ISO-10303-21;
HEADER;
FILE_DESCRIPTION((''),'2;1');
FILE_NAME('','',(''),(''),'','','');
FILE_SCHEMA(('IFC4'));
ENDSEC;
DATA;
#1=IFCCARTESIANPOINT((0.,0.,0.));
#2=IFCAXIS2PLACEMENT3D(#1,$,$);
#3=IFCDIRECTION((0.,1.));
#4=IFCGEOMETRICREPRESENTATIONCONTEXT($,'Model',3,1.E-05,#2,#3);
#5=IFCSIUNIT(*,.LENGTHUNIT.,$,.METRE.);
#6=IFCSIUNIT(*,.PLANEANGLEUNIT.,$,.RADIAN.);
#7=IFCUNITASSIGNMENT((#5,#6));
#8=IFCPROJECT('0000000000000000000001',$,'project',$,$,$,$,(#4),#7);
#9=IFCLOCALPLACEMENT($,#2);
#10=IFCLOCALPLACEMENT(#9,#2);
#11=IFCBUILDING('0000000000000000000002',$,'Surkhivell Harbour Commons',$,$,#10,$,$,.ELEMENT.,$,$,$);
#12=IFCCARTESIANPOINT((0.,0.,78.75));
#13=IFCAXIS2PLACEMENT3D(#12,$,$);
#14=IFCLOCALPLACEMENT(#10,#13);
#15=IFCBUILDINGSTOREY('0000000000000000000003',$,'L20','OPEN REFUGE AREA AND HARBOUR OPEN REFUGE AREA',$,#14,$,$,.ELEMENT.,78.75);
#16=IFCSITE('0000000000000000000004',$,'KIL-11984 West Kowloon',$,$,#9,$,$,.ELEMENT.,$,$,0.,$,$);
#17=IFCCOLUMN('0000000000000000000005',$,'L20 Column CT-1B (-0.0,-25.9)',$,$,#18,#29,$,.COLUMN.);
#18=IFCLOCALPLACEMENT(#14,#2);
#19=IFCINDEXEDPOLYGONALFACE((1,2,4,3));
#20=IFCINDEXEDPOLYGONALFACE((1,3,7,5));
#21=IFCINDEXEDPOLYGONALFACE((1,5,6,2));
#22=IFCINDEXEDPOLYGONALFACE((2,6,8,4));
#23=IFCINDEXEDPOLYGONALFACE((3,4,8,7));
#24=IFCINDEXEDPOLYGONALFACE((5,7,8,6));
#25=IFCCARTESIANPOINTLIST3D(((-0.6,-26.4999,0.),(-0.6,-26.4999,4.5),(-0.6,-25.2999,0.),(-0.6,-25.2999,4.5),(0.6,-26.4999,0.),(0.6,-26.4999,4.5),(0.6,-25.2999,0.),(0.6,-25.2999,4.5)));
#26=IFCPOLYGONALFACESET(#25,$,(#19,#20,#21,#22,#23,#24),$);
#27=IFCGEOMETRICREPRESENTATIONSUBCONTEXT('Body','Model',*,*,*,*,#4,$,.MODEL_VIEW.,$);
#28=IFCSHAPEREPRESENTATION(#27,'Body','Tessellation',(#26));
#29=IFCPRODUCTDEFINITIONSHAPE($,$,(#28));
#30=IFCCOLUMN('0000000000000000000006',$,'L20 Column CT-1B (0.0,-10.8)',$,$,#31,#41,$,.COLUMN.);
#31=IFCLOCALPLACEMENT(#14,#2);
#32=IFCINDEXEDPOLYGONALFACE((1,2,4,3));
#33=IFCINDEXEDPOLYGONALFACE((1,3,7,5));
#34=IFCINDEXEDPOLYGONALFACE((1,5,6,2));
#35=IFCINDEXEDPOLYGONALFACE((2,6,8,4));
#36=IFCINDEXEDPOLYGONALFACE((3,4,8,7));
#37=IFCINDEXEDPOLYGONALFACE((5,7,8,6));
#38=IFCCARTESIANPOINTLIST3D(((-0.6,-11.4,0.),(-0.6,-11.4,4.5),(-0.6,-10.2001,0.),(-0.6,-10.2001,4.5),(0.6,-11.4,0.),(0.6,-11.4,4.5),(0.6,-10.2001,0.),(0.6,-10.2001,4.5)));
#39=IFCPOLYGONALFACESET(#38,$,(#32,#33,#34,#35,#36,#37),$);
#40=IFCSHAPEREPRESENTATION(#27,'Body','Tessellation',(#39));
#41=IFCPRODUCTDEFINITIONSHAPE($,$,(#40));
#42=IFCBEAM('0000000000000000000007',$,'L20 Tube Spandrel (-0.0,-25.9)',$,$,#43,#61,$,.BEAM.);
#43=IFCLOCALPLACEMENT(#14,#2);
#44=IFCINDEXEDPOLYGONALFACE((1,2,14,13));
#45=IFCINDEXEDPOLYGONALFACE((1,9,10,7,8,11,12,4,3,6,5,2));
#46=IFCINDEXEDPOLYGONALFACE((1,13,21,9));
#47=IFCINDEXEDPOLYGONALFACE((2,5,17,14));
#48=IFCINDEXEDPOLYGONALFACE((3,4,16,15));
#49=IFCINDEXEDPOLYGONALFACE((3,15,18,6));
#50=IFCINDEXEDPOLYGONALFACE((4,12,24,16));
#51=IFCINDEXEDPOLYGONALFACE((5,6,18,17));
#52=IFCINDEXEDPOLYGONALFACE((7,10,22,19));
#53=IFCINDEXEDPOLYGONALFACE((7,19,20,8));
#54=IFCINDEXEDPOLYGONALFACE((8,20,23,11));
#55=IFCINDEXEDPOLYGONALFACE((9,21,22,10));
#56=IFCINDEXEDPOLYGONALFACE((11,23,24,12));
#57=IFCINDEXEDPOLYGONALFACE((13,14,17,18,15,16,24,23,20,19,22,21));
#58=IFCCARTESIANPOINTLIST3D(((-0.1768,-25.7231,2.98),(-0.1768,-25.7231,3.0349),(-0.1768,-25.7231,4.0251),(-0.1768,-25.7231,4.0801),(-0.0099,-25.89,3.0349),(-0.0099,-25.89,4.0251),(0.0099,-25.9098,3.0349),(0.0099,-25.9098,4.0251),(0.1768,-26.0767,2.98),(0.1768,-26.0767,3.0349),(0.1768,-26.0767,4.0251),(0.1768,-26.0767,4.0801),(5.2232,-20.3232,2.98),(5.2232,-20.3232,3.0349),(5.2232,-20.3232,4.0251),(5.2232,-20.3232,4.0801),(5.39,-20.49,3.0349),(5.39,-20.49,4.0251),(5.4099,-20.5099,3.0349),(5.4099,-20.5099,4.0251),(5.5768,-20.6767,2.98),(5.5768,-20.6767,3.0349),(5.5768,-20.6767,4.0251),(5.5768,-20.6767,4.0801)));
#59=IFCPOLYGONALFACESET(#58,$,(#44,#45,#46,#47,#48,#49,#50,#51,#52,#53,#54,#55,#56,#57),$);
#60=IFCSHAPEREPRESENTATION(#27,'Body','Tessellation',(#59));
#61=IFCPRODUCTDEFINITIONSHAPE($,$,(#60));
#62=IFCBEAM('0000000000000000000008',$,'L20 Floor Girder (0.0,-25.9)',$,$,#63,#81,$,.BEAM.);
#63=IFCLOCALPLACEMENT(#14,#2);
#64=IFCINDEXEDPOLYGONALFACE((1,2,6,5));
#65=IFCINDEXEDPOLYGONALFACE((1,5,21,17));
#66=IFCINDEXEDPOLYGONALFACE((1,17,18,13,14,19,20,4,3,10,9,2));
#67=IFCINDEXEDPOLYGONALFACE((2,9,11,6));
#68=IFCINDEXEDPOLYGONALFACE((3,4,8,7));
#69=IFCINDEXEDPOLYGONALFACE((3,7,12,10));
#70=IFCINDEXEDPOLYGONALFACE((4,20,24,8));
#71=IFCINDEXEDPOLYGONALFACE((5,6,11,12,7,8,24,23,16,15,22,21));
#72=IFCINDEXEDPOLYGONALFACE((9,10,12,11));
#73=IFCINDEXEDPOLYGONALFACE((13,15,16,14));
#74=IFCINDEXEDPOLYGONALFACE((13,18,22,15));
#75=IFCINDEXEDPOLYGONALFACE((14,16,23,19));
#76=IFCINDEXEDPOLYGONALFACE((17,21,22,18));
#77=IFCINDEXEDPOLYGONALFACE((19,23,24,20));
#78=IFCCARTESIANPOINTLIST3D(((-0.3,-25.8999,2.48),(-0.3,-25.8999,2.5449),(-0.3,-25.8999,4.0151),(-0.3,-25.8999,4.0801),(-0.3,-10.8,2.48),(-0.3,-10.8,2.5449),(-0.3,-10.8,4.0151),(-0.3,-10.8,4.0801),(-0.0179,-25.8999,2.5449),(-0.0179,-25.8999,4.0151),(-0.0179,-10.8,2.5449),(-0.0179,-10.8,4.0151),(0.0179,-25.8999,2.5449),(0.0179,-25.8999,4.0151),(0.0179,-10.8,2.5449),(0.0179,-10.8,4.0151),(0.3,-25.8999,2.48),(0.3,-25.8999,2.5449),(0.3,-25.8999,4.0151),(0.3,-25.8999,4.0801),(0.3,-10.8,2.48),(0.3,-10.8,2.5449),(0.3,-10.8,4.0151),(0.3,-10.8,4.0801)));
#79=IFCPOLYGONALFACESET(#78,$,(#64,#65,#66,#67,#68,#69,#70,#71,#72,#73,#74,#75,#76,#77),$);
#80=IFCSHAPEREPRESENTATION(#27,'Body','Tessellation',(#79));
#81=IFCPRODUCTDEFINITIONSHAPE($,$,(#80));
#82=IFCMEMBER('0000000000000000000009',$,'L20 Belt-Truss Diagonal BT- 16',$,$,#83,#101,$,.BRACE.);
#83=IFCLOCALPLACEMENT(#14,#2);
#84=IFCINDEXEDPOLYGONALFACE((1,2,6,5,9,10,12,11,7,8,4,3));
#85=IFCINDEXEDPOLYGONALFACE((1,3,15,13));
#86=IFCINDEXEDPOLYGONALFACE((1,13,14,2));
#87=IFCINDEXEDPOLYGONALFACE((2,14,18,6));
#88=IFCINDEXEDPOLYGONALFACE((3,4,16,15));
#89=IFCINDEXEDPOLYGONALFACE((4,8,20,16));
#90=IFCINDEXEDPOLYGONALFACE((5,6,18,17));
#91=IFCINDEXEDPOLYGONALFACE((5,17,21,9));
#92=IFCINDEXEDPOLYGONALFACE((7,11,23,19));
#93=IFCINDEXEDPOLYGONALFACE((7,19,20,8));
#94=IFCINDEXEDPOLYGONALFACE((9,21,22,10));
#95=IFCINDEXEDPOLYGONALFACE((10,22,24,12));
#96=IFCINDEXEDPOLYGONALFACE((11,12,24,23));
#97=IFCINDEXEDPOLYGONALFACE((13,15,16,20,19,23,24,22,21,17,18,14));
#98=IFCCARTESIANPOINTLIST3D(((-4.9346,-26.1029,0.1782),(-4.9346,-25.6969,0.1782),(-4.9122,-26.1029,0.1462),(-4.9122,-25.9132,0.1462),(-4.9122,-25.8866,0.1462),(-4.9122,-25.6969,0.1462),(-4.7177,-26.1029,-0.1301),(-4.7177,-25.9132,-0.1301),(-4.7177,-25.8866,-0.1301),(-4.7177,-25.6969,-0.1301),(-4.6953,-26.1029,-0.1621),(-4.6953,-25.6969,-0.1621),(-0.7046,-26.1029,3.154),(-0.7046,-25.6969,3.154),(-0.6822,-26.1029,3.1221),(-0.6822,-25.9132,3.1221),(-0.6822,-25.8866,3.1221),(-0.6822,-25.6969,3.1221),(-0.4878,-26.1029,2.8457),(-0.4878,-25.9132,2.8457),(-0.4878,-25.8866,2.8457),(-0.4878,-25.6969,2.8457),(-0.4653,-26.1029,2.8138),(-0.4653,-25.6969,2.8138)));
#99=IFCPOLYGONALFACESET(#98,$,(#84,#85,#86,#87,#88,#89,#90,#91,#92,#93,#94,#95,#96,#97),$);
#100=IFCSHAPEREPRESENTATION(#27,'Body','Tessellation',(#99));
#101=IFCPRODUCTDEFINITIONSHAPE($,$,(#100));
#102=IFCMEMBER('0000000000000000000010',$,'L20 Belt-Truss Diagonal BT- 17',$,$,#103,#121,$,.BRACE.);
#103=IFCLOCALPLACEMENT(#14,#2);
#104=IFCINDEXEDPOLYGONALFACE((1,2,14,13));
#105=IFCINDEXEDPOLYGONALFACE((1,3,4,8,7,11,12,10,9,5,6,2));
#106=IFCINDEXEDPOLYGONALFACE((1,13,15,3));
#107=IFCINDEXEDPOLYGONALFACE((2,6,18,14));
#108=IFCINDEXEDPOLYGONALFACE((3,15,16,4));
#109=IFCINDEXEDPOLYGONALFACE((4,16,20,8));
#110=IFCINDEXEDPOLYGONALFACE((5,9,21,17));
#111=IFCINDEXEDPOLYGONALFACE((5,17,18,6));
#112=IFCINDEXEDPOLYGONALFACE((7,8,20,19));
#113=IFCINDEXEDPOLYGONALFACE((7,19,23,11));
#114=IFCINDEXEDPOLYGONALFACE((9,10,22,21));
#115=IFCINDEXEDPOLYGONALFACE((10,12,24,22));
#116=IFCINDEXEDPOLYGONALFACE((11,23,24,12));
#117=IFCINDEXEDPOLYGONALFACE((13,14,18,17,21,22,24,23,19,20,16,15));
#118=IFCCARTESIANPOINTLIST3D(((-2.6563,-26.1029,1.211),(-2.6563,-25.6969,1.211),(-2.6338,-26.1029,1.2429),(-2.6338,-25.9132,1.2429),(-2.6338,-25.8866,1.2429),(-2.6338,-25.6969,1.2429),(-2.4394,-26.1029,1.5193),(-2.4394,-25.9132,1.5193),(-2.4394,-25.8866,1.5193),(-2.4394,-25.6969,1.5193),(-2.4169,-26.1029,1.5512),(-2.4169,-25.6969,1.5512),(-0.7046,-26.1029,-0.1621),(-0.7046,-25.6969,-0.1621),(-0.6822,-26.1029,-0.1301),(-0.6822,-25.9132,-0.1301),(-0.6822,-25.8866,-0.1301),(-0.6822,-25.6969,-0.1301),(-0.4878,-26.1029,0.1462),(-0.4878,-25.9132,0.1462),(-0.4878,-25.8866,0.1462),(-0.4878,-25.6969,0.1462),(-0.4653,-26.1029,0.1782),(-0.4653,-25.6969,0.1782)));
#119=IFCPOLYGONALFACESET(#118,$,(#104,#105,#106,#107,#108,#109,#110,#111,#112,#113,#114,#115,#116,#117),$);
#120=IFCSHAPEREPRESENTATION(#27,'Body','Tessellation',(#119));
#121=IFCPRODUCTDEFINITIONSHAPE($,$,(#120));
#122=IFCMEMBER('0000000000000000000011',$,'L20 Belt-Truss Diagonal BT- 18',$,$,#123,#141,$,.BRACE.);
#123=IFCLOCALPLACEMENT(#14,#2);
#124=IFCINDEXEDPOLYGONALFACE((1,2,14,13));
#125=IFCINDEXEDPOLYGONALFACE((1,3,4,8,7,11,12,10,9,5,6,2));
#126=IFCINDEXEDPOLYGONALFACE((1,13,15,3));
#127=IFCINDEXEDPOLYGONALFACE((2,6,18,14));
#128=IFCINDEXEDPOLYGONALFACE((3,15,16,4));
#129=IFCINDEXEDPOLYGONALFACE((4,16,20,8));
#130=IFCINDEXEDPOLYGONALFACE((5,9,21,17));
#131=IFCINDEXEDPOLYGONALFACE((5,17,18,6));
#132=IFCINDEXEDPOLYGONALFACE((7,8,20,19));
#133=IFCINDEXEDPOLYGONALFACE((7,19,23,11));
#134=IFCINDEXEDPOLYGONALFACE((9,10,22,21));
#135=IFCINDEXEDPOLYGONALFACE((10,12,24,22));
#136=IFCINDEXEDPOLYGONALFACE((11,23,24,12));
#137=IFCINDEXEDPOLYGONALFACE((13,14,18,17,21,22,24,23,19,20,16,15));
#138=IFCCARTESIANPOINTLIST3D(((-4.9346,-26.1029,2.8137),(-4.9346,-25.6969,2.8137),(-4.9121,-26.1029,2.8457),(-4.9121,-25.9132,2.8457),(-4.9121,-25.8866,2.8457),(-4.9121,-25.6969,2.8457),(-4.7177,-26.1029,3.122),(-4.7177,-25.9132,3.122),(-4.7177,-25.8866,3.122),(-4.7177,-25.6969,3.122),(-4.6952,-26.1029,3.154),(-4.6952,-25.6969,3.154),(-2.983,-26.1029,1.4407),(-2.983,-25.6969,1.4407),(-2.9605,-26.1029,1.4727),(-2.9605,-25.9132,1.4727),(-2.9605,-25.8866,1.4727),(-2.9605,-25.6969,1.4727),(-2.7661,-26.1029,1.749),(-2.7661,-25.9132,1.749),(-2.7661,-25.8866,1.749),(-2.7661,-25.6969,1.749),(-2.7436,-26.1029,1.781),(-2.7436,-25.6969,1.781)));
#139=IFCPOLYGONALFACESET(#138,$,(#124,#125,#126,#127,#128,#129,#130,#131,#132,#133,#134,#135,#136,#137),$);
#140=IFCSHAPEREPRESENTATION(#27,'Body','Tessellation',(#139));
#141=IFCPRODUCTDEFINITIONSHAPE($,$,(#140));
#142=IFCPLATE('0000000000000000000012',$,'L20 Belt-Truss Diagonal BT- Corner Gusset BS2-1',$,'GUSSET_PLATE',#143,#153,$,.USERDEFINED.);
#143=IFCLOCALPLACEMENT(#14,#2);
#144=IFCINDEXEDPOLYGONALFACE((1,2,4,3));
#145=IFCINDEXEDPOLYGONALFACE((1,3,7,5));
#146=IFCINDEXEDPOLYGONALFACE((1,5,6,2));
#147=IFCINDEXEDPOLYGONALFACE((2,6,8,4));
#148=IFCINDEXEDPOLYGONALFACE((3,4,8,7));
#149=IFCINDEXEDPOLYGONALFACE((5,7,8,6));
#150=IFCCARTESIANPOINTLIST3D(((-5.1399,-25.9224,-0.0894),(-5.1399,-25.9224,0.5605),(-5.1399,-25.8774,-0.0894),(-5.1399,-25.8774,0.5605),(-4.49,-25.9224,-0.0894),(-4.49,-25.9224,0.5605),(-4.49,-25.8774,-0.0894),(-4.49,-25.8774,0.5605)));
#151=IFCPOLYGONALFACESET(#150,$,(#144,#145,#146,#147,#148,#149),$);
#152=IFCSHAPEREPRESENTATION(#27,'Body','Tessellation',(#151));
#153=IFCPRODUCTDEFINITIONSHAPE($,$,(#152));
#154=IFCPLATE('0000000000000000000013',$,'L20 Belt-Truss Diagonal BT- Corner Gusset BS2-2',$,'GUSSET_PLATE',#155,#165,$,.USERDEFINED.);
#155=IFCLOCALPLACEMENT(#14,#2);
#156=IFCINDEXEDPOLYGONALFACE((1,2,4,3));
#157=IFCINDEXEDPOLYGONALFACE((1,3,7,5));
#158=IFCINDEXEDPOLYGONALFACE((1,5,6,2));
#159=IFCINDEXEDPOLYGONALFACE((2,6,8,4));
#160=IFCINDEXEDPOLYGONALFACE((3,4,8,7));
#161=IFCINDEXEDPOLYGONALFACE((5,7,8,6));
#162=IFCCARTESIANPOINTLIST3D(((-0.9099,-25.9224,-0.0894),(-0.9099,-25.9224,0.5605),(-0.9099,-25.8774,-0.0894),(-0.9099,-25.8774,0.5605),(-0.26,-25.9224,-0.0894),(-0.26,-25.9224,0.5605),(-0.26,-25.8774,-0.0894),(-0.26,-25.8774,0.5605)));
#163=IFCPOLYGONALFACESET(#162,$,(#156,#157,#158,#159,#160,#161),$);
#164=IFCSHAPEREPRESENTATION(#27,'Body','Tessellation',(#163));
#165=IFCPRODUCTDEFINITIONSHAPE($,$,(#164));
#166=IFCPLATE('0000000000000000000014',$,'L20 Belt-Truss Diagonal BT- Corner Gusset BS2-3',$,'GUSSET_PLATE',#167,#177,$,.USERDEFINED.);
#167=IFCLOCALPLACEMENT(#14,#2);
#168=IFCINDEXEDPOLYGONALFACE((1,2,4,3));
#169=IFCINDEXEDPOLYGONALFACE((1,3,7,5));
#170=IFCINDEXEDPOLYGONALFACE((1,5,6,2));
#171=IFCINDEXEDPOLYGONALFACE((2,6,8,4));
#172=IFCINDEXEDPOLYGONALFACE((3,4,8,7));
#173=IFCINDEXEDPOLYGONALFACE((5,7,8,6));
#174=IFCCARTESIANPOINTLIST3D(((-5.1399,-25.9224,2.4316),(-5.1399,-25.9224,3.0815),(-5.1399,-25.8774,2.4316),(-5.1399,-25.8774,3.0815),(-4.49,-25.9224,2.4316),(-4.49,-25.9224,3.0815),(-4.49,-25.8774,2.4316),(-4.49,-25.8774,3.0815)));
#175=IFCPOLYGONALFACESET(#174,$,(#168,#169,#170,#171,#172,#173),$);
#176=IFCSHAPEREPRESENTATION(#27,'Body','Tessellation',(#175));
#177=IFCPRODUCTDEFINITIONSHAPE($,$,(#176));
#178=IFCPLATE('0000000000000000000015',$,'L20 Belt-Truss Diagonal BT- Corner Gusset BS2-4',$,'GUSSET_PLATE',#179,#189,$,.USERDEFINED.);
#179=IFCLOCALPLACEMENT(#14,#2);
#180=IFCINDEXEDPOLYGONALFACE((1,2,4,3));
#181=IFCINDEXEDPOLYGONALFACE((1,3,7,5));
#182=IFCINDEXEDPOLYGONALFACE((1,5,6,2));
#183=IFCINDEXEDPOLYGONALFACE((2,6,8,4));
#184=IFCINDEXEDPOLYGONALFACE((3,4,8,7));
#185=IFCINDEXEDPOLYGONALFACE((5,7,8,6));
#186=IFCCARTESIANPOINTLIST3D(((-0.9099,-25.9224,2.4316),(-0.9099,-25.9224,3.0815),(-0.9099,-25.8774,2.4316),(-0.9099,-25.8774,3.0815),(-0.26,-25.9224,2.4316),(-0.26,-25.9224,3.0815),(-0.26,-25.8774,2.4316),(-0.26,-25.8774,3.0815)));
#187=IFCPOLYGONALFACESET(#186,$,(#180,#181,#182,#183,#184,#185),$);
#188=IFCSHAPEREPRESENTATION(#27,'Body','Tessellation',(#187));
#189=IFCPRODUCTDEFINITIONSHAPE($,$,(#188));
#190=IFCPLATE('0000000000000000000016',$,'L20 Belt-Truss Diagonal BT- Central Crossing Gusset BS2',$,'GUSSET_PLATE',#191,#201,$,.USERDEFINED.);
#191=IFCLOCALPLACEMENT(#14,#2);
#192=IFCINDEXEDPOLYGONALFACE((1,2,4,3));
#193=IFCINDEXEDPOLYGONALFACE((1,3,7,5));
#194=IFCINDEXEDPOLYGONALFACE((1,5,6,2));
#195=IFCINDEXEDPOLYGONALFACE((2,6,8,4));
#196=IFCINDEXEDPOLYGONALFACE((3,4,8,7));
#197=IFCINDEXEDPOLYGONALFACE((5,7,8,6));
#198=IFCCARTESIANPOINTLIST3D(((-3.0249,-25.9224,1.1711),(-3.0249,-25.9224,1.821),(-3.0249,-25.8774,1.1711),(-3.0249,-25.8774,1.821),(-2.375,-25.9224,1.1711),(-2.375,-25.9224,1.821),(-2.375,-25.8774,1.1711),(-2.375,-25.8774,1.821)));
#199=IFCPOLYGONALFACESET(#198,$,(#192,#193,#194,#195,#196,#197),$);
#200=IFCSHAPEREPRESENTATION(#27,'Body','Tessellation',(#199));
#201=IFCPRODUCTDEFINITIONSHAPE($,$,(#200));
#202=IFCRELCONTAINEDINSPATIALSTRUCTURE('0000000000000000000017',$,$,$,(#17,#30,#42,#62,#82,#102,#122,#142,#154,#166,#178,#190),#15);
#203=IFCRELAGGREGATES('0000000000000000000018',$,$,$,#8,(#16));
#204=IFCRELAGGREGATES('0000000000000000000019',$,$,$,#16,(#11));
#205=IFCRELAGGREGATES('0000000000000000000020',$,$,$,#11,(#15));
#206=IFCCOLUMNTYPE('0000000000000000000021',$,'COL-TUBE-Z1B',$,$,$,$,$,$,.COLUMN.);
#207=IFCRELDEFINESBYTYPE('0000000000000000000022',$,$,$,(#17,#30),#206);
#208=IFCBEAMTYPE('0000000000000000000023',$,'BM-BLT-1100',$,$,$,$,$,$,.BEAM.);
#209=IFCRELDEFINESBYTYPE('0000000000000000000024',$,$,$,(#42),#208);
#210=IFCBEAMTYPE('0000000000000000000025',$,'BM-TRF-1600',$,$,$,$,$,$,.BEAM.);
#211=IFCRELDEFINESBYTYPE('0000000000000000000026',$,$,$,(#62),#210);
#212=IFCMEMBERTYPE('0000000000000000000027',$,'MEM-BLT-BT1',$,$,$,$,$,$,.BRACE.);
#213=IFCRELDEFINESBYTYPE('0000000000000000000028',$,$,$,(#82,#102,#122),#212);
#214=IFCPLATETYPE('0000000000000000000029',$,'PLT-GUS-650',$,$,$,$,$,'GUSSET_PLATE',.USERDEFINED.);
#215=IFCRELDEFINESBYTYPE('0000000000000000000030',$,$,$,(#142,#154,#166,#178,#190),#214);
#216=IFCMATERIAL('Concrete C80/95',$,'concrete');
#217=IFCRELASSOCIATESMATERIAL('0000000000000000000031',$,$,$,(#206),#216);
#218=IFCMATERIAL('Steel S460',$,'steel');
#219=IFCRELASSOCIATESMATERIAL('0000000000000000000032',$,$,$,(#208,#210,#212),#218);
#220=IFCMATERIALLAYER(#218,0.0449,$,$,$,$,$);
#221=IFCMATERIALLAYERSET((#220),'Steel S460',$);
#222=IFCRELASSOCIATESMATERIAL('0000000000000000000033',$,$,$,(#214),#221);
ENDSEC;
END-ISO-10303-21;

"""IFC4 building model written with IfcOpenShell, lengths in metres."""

from ifc_helpers import new_model, si_unit, direction, frame, origin, origin_2d, place, context, subcontext, project, spatial, rectangle, i_section, extrude, material, layer, layer_set, material_profile, profile_set, type_object, element, save


model = new_model("IFC4")

# Units and contexts
model_context = context("Model", 3, precision=1e-05, world=origin(), true_north=direction((0.0, 1.0)))
body_context = subcontext(model_context, "Body", "Model", "MODEL_VIEW")
ifc_project = project(units=[si_unit("LENGTHUNIT", "METRE"), si_unit("PLANEANGLEUNIT", "RADIAN")], contexts=[model_context])

# Site, building, storey
site_placement = place(None, origin())
site = spatial("IfcSite", under=ifc_project, at=site_placement, Name="KIL-11984 West Kowloon", CompositionType="ELEMENT", RefElevation=0.0)
building_placement = place(site_placement, origin())
building = spatial("IfcBuilding", under=site, at=building_placement, Name="Surkhivell Harbour Commons", CompositionType="ELEMENT")
storey_placement = place(building_placement, frame((0.0, 0.0, 78.75)))
storey = spatial("IfcBuildingStorey", under=building, at=storey_placement, Name="L20", Description="OPEN REFUGE AREA AND HARBOUR OPEN REFUGE AREA", CompositionType="ELEMENT", Elevation=78.75)

# Columns
ifc_material_1 = material(Name="Concrete C80/95", Category="concrete")
ifc_material_profile_1 = material_profile(ifc_material_1, rectangle(XDim=1.2, YDim=1.2, at=origin_2d()), Name="RC-COL-1200x1200")
ifc_profile_set_1 = profile_set([ifc_material_profile_1], Name="Concrete C80/95")
column_type = type_object("IfcColumnType", Name="COL-TUBE-Z1B", PredefinedType="COLUMN", material=ifc_profile_set_1)
for number, where, z_axis, x_axis, name in (
    (1, (0.0, -25.8999, 0.0), (0.0, 0.0, 1.0), (1.0, 0.0, 0.0), "L20 Column CT-1B (-0.0,-25.9)"),
    (2, (0.0, -10.8, 0.0), (0.0, 0.0, 1.0), (1.0, 0.0, 0.0), "L20 Column CT-1B (0.0,-10.8)"),
):
    element("IfcColumn", number, at=place(storey_placement, frame(where, z_axis=z_axis, x_axis=x_axis)), inside=storey, type_object=column_type, Name=name, PredefinedType="COLUMN", context=body_context, shape_type="SweptSolid", body=[
        extrude(rectangle(XDim=1.2, YDim=1.2, at=origin_2d()), origin(), (0.0, 0.0, 1.0), 4.5),
    ])

# Beams
ifc_material_2 = material(Name="Steel S460", Category="steel")
ifc_material_profile_2 = material_profile(ifc_material_2, i_section(OverallWidth=0.5, OverallDepth=1.1001, WebThickness=0.0281, FlangeThickness=0.0549, at=origin_2d()), Name="WPG1100x500x210")
ifc_profile_set_2 = profile_set([ifc_material_profile_2], Name="Steel S460")
beam_type_1 = type_object("IfcBeamType", Name="BM-BLT-1100", PredefinedType="BEAM", material=ifc_profile_set_2)
beam_1_placement = place(storey_placement, frame((0.0, -25.8999, 3.53), z_axis=(0.707107, 0.707107, 0.0), x_axis=(-0.707107, 0.707107, 0.0)))
element("IfcBeam", 3, at=beam_1_placement, inside=storey, type_object=beam_type_1, Name="L20 Tube Spandrel (-0.0,-25.9)", PredefinedType="BEAM", context=body_context, shape_type="SweptSolid", body=[
    extrude(i_section(OverallWidth=0.5, OverallDepth=1.1001, WebThickness=0.0281, FlangeThickness=0.0549, at=origin_2d()), origin(), (0.0, 0.0, 1.0), 7.6367),
])
ifc_material_profile_3 = material_profile(ifc_material_2, i_section(OverallWidth=0.6001, OverallDepth=1.6001, WebThickness=0.0359, FlangeThickness=0.0649, at=origin_2d()), Name="WPG1600x600x296")
ifc_profile_set_3 = profile_set([ifc_material_profile_3], Name="Steel S460")
beam_type_2 = type_object("IfcBeamType", Name="BM-TRF-1600", PredefinedType="BEAM", material=ifc_profile_set_3)
beam_2_placement = place(storey_placement, frame((0.0, -25.8999, 3.28), z_axis=(0.0, 1.0, 0.0), x_axis=(-1.0, 0.0, 0.0)))
element("IfcBeam", 4, at=beam_2_placement, inside=storey, type_object=beam_type_2, Name="L20 Floor Girder (0.0,-25.9)", PredefinedType="BEAM", context=body_context, shape_type="SweptSolid", body=[
    extrude(i_section(OverallWidth=0.6001, OverallDepth=1.6001, WebThickness=0.0359, FlangeThickness=0.0649, at=origin_2d()), origin(), (0.0, 0.0, 1.0), 15.0999),
])

# Members
ifc_material_profile_4 = material_profile(ifc_material_2, i_section(OverallWidth=0.406, OverallDepth=0.416, WebThickness=0.0266, FlangeThickness=0.0391, at=origin_2d()), Name="HD400x382")
ifc_profile_set_4 = profile_set([ifc_material_profile_4], Name="Steel S460")
member_type = type_object("IfcMemberType", Name="MEM-BLT-BT1", PredefinedType="BRACE", material=ifc_profile_set_4)
member_placement = place(storey_placement, frame((-4.8149, -25.8999, 0.0081), z_axis=(0.817881, 0.0, 0.575387), x_axis=(0.0, 1.0, 0.0)))
element("IfcMember", 5, at=member_placement, inside=storey, type_object=member_type, Name="L20 Belt-Truss Diagonal BT- 16", PredefinedType="BRACE", context=body_context, shape_type="SweptSolid", body=[
    extrude(i_section(OverallWidth=0.406, OverallDepth=0.416, WebThickness=0.0266, FlangeThickness=0.0391, at=origin_2d()), origin(), (0.0, 0.0, 1.0), 5.1719),
])
for number, where, z_axis, x_axis, name in (
    (6, (-0.585, -25.8999, 0.0081), (-0.817874, 0.0, 0.575397), (0.0, -1.0, 0.0), "L20 Belt-Truss Diagonal BT- 17"),
    (7, (-2.8633, -25.8999, 1.6108), (-0.817874, 0.0, 0.575397), (0.0, -1.0, 0.0), "L20 Belt-Truss Diagonal BT- 18"),
):
    element("IfcMember", number, at=place(storey_placement, frame(where, z_axis=z_axis, x_axis=x_axis)), inside=storey, type_object=member_type, Name=name, PredefinedType="BRACE", context=body_context, shape_type="SweptSolid", body=[
        extrude(i_section(OverallWidth=0.406, OverallDepth=0.416, WebThickness=0.0266, FlangeThickness=0.0391, at=origin_2d()), origin(), (0.0, 0.0, 1.0), 2.3862),
    ])

# Plates
ifc_layer_1 = layer(ifc_material_2, 0.0449)
ifc_layer_set_1 = layer_set([ifc_layer_1], Name="Steel S460")
plate_type = type_object("IfcPlateType", Name="PLT-GUS-650", ElementType="GUSSET_PLATE", PredefinedType="USERDEFINED", material=ifc_layer_set_1)
for number, where, z_axis, x_axis, name in (
    (8, (-4.8149, -25.8999, -0.0894), (0.0, 0.0, 1.0), (1.0, 0.0, 0.0), "L20 Belt-Truss Diagonal BT- Corner Gusset BS2-1"),
    (9, (-0.585, -25.8999, -0.0894), (0.0, 0.0, 1.0), (1.0, 0.0, 0.0), "L20 Belt-Truss Diagonal BT- Corner Gusset BS2-2"),
    (10, (-4.8149, -25.8999, 2.4316), (0.0, 0.0, 1.0), (1.0, 0.0, 0.0), "L20 Belt-Truss Diagonal BT- Corner Gusset BS2-3"),
    (11, (-0.585, -25.8999, 2.4316), (0.0, 0.0, 1.0), (1.0, 0.0, 0.0), "L20 Belt-Truss Diagonal BT- Corner Gusset BS2-4"),
    (12, (-2.7, -25.8999, 1.1711), (0.0, 0.0, 1.0), (1.0, 0.0, 0.0), "L20 Belt-Truss Diagonal BT- Central Crossing Gusset BS2"),
):
    element("IfcPlate", number, at=place(storey_placement, frame(where, z_axis=z_axis, x_axis=x_axis)), inside=storey, type_object=plate_type, Name=name, ObjectType="GUSSET_PLATE", PredefinedType="USERDEFINED", context=body_context, shape_type="SweptSolid", body=[
        extrude(rectangle(XDim=0.6499, YDim=0.0449, at=origin_2d()), origin(), (0.0, 0.0, 1.0), 0.6499),
    ])

save(model, "model.ifc")
